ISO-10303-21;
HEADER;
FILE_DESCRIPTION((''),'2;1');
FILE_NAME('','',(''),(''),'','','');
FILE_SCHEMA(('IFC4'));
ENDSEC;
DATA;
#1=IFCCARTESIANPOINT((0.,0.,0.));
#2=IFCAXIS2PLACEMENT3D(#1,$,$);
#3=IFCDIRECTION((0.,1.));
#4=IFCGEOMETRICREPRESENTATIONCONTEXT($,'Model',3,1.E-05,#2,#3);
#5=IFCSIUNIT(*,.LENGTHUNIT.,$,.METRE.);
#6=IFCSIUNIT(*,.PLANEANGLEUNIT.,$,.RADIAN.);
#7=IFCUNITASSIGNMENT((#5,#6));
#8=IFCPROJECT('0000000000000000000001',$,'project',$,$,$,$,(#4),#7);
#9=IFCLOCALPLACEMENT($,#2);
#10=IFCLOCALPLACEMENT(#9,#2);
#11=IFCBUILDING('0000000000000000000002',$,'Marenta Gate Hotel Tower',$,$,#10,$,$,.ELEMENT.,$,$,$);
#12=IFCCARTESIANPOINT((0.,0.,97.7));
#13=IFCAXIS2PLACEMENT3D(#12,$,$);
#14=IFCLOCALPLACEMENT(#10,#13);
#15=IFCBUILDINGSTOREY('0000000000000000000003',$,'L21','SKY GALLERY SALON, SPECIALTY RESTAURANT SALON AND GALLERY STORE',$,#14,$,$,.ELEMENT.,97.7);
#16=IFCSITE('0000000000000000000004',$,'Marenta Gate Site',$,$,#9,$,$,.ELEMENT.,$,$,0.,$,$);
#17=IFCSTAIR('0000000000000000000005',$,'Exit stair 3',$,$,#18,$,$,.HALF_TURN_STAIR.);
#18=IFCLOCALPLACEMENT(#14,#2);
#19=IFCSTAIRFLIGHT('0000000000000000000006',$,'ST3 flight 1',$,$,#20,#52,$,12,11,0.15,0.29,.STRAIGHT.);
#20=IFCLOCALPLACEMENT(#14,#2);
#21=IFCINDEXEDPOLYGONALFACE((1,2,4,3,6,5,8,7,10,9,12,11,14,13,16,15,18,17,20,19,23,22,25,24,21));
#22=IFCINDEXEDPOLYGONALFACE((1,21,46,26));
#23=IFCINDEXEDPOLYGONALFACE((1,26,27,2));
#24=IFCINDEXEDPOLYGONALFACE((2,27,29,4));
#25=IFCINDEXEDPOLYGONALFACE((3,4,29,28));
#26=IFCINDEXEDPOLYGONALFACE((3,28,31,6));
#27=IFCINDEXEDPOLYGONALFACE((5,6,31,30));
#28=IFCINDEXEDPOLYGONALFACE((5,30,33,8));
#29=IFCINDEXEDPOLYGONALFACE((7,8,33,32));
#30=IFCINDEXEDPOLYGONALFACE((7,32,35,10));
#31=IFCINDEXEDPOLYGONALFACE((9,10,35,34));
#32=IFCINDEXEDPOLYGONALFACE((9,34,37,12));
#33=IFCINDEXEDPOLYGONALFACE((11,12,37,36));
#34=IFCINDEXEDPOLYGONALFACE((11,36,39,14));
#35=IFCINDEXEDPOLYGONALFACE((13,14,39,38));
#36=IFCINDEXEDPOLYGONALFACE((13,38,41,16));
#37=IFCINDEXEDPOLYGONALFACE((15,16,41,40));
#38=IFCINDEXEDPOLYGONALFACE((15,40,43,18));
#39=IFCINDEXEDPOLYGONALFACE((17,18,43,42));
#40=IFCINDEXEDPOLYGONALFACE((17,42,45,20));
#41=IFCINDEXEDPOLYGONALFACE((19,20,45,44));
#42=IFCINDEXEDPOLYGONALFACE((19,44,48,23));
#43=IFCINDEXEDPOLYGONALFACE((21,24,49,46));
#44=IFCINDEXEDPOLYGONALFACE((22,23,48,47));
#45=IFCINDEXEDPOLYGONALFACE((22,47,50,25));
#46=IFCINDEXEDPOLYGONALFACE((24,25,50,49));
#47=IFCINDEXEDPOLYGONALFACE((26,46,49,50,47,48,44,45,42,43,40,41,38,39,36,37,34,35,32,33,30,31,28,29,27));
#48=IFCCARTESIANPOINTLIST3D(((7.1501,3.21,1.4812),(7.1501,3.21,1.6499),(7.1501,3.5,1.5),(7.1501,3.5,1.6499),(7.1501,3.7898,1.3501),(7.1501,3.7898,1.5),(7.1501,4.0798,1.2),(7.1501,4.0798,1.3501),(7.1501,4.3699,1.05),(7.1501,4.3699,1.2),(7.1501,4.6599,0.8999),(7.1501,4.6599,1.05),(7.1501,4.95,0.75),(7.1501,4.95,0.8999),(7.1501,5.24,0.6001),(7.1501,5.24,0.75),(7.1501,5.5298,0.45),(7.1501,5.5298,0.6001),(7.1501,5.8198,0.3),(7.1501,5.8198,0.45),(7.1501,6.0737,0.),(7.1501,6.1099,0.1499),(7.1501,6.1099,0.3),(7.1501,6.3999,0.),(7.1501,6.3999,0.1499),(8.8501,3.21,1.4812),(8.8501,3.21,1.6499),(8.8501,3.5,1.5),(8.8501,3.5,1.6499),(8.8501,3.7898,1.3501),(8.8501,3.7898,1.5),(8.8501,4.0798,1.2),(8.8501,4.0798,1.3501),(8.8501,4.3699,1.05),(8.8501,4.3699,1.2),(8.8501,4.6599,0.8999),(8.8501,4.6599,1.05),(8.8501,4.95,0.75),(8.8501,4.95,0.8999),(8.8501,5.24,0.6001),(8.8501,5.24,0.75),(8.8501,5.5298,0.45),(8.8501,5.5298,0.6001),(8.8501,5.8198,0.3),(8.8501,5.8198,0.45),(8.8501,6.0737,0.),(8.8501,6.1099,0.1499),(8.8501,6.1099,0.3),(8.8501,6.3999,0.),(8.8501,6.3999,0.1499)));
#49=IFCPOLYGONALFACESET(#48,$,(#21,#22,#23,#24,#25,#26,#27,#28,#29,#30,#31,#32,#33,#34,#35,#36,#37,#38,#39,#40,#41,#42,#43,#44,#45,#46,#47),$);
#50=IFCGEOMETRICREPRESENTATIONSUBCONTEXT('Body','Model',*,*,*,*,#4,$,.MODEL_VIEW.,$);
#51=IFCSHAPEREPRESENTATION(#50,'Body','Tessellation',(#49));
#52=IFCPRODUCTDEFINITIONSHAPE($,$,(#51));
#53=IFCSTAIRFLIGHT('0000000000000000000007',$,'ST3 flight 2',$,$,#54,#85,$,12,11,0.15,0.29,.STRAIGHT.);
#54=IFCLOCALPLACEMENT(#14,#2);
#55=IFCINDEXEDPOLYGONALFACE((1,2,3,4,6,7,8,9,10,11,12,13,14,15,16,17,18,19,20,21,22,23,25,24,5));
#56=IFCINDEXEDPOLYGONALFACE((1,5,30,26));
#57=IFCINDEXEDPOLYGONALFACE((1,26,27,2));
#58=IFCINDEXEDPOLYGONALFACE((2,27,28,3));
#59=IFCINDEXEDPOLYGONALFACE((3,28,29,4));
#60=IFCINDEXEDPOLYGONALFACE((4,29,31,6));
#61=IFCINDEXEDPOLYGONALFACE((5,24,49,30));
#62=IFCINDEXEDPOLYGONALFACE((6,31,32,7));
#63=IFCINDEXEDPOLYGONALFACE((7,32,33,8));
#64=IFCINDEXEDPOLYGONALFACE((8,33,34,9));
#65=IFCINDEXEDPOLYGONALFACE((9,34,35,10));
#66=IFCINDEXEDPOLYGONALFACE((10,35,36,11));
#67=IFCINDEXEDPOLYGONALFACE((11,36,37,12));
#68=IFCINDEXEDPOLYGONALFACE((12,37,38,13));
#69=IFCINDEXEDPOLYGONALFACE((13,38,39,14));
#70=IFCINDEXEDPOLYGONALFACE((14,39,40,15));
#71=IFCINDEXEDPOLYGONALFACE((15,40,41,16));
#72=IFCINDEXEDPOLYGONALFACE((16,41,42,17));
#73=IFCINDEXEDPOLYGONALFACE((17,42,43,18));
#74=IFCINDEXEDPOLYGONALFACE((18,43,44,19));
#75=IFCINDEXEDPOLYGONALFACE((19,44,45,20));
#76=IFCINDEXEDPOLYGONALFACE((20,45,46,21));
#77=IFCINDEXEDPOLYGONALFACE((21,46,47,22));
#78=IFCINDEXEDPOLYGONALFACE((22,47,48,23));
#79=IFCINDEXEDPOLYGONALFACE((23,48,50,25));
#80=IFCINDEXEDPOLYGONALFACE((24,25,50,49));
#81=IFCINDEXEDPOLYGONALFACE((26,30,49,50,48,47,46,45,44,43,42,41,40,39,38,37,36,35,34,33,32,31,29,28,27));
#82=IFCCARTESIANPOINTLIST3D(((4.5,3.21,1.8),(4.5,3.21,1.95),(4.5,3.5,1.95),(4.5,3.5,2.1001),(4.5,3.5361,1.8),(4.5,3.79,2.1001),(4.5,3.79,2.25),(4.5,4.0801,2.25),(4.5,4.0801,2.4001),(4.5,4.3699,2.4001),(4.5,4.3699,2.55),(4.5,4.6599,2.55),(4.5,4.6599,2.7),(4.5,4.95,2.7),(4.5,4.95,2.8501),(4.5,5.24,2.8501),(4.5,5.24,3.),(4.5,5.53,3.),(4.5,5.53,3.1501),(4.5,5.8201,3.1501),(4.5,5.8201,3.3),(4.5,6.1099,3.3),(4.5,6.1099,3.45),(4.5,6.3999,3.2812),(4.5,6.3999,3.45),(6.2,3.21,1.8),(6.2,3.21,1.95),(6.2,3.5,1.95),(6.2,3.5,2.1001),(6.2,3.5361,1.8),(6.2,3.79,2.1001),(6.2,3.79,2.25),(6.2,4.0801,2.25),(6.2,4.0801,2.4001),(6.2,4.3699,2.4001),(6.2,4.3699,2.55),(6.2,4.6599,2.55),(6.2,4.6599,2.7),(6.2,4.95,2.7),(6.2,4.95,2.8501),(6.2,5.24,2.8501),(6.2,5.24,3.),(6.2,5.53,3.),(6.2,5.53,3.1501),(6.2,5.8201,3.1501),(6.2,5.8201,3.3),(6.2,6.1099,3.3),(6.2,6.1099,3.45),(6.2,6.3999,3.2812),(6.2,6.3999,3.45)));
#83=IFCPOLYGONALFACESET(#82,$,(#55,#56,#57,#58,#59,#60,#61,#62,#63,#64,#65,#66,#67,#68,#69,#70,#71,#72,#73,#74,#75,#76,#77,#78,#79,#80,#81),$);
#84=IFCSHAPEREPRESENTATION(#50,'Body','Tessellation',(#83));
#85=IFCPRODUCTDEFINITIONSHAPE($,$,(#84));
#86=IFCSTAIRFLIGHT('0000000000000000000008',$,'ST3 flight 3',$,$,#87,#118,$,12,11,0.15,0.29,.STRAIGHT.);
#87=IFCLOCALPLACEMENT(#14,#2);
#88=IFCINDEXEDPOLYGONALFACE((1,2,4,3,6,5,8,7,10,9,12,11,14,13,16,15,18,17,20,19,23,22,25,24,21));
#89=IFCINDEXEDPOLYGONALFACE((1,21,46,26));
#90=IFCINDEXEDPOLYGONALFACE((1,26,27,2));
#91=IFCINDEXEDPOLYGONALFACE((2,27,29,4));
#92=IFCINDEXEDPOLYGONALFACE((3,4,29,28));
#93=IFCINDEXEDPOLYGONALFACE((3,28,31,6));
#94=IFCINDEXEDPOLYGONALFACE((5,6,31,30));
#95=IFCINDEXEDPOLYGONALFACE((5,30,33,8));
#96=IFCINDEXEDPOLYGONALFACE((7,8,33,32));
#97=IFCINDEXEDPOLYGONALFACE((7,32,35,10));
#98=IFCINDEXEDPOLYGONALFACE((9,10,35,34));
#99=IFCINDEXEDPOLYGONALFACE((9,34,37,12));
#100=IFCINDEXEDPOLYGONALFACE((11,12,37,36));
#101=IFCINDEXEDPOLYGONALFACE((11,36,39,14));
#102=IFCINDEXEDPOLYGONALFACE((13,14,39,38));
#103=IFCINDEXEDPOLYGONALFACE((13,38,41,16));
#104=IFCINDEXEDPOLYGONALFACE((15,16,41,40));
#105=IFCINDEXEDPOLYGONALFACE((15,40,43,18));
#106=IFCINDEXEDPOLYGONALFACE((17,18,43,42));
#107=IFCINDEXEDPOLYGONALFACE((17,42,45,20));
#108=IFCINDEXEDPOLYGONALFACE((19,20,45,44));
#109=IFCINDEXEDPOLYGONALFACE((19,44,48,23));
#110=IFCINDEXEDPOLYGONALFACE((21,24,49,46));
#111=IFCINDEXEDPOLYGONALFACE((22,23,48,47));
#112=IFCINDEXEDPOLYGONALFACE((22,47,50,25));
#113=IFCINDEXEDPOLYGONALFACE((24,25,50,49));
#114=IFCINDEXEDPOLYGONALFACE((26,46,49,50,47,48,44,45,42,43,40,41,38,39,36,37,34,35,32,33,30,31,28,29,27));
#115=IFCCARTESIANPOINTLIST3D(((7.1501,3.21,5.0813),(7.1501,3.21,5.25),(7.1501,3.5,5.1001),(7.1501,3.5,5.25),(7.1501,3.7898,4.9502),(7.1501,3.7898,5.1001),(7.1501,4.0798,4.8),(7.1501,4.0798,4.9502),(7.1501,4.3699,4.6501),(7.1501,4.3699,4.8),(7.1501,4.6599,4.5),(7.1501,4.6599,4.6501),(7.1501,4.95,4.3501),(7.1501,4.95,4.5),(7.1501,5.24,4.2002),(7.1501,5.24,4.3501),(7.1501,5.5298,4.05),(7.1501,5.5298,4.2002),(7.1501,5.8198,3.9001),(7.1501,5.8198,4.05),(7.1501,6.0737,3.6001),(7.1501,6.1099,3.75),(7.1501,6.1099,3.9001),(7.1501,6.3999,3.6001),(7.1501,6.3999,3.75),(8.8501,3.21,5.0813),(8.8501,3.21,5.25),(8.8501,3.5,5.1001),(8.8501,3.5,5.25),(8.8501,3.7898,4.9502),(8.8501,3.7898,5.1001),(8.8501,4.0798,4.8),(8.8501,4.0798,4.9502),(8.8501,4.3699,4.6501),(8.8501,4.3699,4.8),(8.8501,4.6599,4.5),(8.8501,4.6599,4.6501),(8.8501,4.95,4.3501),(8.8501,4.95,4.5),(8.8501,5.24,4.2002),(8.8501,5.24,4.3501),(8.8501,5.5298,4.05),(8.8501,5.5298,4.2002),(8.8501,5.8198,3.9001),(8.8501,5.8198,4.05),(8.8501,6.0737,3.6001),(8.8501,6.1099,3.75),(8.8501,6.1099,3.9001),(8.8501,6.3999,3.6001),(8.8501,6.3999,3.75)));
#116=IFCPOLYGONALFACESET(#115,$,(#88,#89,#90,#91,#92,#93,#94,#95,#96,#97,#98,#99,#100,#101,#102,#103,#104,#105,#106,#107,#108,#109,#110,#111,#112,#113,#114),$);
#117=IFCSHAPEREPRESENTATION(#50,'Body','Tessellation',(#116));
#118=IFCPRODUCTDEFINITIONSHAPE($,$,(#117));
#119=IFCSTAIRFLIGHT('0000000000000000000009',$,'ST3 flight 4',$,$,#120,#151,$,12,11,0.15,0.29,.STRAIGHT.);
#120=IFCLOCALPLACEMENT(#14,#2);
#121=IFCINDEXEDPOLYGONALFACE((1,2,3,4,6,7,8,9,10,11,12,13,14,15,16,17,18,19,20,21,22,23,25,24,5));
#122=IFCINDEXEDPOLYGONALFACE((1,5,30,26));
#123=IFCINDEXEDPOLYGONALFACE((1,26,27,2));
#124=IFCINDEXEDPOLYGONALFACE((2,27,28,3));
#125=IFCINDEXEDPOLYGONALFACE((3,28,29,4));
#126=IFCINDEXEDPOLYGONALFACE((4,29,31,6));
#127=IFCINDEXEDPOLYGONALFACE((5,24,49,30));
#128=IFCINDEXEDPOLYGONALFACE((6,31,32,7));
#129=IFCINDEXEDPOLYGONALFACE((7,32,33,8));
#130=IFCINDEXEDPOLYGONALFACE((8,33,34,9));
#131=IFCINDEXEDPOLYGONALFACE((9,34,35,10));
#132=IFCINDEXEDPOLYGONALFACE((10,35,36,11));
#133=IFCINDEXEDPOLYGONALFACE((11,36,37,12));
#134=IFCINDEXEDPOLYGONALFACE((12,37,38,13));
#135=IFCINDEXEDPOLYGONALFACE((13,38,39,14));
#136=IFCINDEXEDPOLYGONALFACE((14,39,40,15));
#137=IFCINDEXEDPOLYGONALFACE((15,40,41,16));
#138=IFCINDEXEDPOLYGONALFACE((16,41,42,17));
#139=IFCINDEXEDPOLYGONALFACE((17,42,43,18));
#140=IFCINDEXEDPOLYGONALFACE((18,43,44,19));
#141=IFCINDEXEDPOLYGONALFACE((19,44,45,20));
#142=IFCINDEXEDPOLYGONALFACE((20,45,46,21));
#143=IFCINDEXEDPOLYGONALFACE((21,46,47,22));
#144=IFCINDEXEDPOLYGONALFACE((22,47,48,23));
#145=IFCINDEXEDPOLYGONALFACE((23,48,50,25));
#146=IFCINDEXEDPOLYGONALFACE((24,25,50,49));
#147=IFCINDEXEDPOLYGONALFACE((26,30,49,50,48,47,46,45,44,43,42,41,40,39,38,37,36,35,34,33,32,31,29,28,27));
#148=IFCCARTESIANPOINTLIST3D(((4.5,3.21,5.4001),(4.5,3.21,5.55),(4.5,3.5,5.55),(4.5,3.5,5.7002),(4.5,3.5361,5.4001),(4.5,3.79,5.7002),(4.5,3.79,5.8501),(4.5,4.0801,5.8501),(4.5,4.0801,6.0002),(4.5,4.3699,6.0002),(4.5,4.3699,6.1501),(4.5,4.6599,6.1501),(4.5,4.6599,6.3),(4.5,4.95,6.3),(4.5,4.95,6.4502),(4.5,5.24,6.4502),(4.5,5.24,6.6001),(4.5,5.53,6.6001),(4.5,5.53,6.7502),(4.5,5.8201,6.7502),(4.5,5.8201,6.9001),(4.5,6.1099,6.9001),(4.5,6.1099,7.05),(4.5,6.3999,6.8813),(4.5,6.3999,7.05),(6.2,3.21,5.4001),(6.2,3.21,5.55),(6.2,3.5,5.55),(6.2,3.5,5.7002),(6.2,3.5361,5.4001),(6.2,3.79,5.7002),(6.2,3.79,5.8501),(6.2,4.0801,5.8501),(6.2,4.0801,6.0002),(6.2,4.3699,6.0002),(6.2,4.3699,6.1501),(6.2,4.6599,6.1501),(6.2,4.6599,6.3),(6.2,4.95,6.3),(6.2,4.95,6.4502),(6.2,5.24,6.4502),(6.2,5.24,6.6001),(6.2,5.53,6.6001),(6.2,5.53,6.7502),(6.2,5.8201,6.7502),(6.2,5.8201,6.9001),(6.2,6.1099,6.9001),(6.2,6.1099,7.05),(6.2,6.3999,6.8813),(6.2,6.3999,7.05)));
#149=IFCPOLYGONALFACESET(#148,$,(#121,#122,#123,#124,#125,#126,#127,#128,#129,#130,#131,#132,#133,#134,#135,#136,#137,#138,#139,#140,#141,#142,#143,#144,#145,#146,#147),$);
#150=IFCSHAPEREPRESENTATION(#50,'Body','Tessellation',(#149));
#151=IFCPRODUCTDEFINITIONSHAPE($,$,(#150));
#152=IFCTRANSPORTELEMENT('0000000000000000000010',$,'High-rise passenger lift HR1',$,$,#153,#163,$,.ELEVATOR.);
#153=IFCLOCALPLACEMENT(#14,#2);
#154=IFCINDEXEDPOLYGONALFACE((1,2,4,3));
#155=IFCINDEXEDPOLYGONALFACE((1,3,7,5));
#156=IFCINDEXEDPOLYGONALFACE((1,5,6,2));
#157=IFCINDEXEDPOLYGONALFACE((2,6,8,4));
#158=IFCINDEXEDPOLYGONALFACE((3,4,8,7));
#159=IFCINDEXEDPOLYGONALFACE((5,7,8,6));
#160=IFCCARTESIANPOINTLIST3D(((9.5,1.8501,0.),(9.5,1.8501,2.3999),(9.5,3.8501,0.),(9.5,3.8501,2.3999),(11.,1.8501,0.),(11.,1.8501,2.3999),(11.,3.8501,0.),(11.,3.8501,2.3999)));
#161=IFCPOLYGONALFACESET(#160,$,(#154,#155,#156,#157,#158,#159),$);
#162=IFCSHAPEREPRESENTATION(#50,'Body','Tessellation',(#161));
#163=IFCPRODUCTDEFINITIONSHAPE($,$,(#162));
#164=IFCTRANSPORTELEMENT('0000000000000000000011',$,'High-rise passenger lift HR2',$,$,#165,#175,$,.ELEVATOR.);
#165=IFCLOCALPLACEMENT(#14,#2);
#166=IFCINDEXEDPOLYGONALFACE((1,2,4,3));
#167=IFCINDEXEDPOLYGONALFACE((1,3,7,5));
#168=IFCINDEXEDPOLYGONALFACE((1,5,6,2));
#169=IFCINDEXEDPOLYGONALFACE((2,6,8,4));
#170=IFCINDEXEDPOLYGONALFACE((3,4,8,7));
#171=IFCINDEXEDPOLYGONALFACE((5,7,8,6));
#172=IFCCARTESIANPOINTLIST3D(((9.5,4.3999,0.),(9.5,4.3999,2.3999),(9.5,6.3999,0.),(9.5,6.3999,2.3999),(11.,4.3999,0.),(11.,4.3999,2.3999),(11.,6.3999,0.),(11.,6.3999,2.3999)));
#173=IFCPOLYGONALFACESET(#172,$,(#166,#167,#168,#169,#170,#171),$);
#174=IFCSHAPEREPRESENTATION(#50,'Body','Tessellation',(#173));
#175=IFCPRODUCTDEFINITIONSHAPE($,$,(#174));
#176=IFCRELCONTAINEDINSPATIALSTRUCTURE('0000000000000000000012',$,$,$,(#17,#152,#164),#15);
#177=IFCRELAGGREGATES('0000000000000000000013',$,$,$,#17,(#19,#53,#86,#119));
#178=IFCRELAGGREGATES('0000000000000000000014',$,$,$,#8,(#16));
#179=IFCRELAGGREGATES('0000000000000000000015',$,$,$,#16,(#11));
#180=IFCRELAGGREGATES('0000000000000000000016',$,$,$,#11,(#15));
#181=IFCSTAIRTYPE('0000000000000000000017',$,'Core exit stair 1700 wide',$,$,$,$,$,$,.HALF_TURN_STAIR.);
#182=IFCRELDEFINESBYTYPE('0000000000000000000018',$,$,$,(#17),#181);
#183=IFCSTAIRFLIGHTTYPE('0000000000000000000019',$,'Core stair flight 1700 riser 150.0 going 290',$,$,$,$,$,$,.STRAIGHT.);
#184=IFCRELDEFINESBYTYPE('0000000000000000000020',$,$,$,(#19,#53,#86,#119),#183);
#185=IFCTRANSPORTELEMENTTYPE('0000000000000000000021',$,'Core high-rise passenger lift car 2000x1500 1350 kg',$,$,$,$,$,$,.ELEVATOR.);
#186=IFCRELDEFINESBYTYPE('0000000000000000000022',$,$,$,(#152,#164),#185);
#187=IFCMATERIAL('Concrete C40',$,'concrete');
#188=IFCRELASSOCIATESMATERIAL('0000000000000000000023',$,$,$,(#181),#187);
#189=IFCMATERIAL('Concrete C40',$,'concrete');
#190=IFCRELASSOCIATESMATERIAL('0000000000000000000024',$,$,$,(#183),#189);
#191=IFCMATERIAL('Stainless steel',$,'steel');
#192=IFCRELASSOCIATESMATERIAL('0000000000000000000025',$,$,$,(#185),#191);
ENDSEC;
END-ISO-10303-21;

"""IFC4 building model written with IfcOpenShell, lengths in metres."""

from ifc_helpers import new_model, si_unit, direction, frame, origin, origin_2d, place, context, subcontext, project, spatial, polyline, rectangle, outline, extrude, material, type_object, element, aggregate, save


model = new_model("IFC4")

# Units and contexts
model_context = context("Model", 3, precision=1e-05, world=origin(), true_north=direction((0.0, 1.0)))
body_context = subcontext(model_context, "Body", "Model", "MODEL_VIEW")
ifc_project = project(units=[si_unit("LENGTHUNIT", "METRE"), si_unit("PLANEANGLEUNIT", "RADIAN")], contexts=[model_context])

# Site, building, storey
site_placement = place(None, origin())
site = spatial("IfcSite", under=ifc_project, at=site_placement, Name="Marenta Gate Site", CompositionType="ELEMENT", RefElevation=0.0)
building_placement = place(site_placement, origin())
building = spatial("IfcBuilding", under=site, at=building_placement, Name="Marenta Gate Hotel Tower", CompositionType="ELEMENT")
storey_placement = place(building_placement, frame((0.0, 0.0, 97.7)))
storey = spatial("IfcBuildingStorey", under=building, at=storey_placement, Name="L21", Description="SKY GALLERY SALON, SPECIALTY RESTAURANT SALON AND GALLERY STORE", CompositionType="ELEMENT", Elevation=97.7)

# Stair, stair flights
ifc_material_1 = material(Name="Concrete C40", Category="concrete")
stair_type_1 = type_object("IfcStairType", Name="Core exit stair 1700 wide", PredefinedType="HALF_TURN_STAIR", material=ifc_material_1)
stair_1_placement = place(storey_placement, origin())
stair_1 = element("IfcStair", 1, at=stair_1_placement, inside=storey, type_object=stair_type_1, Name="Exit stair 3", PredefinedType="HALF_TURN_STAIR")
ifc_material_2 = material(Name="Concrete C40", Category="concrete")
stair_flight_type = type_object("IfcStairFlightType", Name="Core stair flight 1700 riser 150.0 going 290", PredefinedType="STRAIGHT", material=ifc_material_2)
stair_flight_1_placement = place(storey_placement, frame((8.0, 6.3999, 0.0), z_axis=(0.0, 0.0, 1.0), x_axis=(0.0, -1.0, 0.0)))
stair_flight_1 = element("IfcStairFlight", 2, at=stair_flight_1_placement, type_object=stair_flight_type, Name="ST3 flight 1", NumberOfRisers=12, NumberOfTreads=11, PredefinedType="STRAIGHT", RiserHeight=0.15, TreadLength=0.29, context=body_context, shape_type="SweptSolid", body=[
    extrude(outline(polyline([(0.0, 0.0), (0.0, 0.1499), (0.29, 0.1499), (0.29, 0.3), (0.5801, 0.3), (0.5801, 0.45), (0.8701, 0.45), (0.8701, 0.6001), (1.1599, 0.6001), (1.1599, 0.75), (1.45, 0.75), (1.45, 0.8999), (1.74, 0.8999), (1.74, 1.05), (2.03, 1.05), (2.03, 1.2), (2.3201, 1.2), (2.3201, 1.3501), (2.6101, 1.3501), (2.6101, 1.5), (2.8999, 1.5), (2.8999, 1.6499), (3.1899, 1.6499), (3.1899, 1.8), (3.1899, 1.4812), (0.3262, 0.0), (0.0, 0.0)])), frame((0.0, 0.8501, 0.0), z_axis=(0.0, -1.0, 0.0), x_axis=(1.0, 0.0, 0.0)), (0.0, 0.0, 1.0), 1.7),
])
stair_flight_2_placement = place(storey_placement, frame((5.3501, 3.21, 1.8), z_axis=(0.0, 0.0, 1.0), x_axis=(0.0, 1.0, 0.0)))
stair_flight_2 = element("IfcStairFlight", 3, at=stair_flight_2_placement, type_object=stair_flight_type, Name="ST3 flight 2", NumberOfRisers=12, NumberOfTreads=11, PredefinedType="STRAIGHT", RiserHeight=0.15, TreadLength=0.29, context=body_context, shape_type="SweptSolid", body=[
    extrude(outline(polyline([(0.0, 0.0), (0.0, 0.1499), (0.29, 0.1499), (0.29, 0.3), (0.5801, 0.3), (0.5801, 0.45), (0.8701, 0.45), (0.8701, 0.6001), (1.1599, 0.6001), (1.1599, 0.75), (1.45, 0.75), (1.45, 0.8999), (1.74, 0.8999), (1.74, 1.05), (2.03, 1.05), (2.03, 1.2), (2.3201, 1.2), (2.3201, 1.3501), (2.6101, 1.3501), (2.6101, 1.5), (2.8999, 1.5), (2.8999, 1.6499), (3.1899, 1.6499), (3.1899, 1.8), (3.1899, 1.4812), (0.3262, 0.0), (0.0, 0.0)])), frame((0.0, 0.8501, 0.0), z_axis=(0.0, -1.0, 0.0), x_axis=(1.0, 0.0, 0.0)), (0.0, 0.0, 1.0), 1.7),
])
stair_flight_3_placement = place(storey_placement, frame((8.0, 6.3999, 3.6001), z_axis=(0.0, 0.0, 1.0), x_axis=(0.0, -1.0, 0.0)))
stair_flight_3 = element("IfcStairFlight", 4, at=stair_flight_3_placement, type_object=stair_flight_type, Name="ST3 flight 3", NumberOfRisers=12, NumberOfTreads=11, PredefinedType="STRAIGHT", RiserHeight=0.15, TreadLength=0.29, context=body_context, shape_type="SweptSolid", body=[
    extrude(outline(polyline([(0.0, 0.0), (0.0, 0.1499), (0.29, 0.1499), (0.29, 0.3), (0.5801, 0.3), (0.5801, 0.45), (0.8701, 0.45), (0.8701, 0.6001), (1.1599, 0.6001), (1.1599, 0.75), (1.45, 0.75), (1.45, 0.8999), (1.74, 0.8999), (1.74, 1.05), (2.03, 1.05), (2.03, 1.2), (2.3201, 1.2), (2.3201, 1.3501), (2.6101, 1.3501), (2.6101, 1.5), (2.8999, 1.5), (2.8999, 1.6499), (3.1899, 1.6499), (3.1899, 1.8), (3.1899, 1.4812), (0.3262, 0.0), (0.0, 0.0)])), frame((0.0, 0.8501, 0.0), z_axis=(0.0, -1.0, 0.0), x_axis=(1.0, 0.0, 0.0)), (0.0, 0.0, 1.0), 1.7),
])
stair_flight_4_placement = place(storey_placement, frame((5.3501, 3.21, 5.4001), z_axis=(0.0, 0.0, 1.0), x_axis=(0.0, 1.0, 0.0)))
stair_flight_4 = element("IfcStairFlight", 5, at=stair_flight_4_placement, type_object=stair_flight_type, Name="ST3 flight 4", NumberOfRisers=12, NumberOfTreads=11, PredefinedType="STRAIGHT", RiserHeight=0.15, TreadLength=0.29, context=body_context, shape_type="SweptSolid", body=[
    extrude(outline(polyline([(0.0, 0.0), (0.0, 0.1499), (0.29, 0.1499), (0.29, 0.3), (0.5801, 0.3), (0.5801, 0.45), (0.8701, 0.45), (0.8701, 0.6001), (1.1599, 0.6001), (1.1599, 0.75), (1.45, 0.75), (1.45, 0.8999), (1.74, 0.8999), (1.74, 1.05), (2.03, 1.05), (2.03, 1.2), (2.3201, 1.2), (2.3201, 1.3501), (2.6101, 1.3501), (2.6101, 1.5), (2.8999, 1.5), (2.8999, 1.6499), (3.1899, 1.6499), (3.1899, 1.8), (3.1899, 1.4812), (0.3262, 0.0), (0.0, 0.0)])), frame((0.0, 0.8501, 0.0), z_axis=(0.0, -1.0, 0.0), x_axis=(1.0, 0.0, 0.0)), (0.0, 0.0, 1.0), 1.7),
])
aggregate(stair_1, [stair_flight_1, stair_flight_2, stair_flight_3, stair_flight_4])

# Transport elements
ifc_material_3 = material(Name="Stainless steel", Category="steel")
transport_element_type = type_object("IfcTransportElementType", Name="Core high-rise passenger lift car 2000x1500 1350 kg", PredefinedType="ELEVATOR", material=ifc_material_3)
for number, where, z_axis, x_axis, name in (
    (6, (10.25, 2.8501, 0.0), (0.0, 0.0, 1.0), (1.0, 0.0, 0.0), "High-rise passenger lift HR1"),
    (7, (10.25, 5.3999, 0.0), (0.0, 0.0, 1.0), (1.0, 0.0, 0.0), "High-rise passenger lift HR2"),
):
    element("IfcTransportElement", number, at=place(storey_placement, frame(where, z_axis=z_axis, x_axis=x_axis)), inside=storey, type_object=transport_element_type, Name=name, PredefinedType="ELEVATOR", context=body_context, shape_type="SweptSolid", body=[
        extrude(rectangle(XDim=1.5, YDim=2.0, at=origin_2d()), origin(), (0.0, 0.0, 1.0), 2.3999),
    ])

save(model, "model.ifc")
